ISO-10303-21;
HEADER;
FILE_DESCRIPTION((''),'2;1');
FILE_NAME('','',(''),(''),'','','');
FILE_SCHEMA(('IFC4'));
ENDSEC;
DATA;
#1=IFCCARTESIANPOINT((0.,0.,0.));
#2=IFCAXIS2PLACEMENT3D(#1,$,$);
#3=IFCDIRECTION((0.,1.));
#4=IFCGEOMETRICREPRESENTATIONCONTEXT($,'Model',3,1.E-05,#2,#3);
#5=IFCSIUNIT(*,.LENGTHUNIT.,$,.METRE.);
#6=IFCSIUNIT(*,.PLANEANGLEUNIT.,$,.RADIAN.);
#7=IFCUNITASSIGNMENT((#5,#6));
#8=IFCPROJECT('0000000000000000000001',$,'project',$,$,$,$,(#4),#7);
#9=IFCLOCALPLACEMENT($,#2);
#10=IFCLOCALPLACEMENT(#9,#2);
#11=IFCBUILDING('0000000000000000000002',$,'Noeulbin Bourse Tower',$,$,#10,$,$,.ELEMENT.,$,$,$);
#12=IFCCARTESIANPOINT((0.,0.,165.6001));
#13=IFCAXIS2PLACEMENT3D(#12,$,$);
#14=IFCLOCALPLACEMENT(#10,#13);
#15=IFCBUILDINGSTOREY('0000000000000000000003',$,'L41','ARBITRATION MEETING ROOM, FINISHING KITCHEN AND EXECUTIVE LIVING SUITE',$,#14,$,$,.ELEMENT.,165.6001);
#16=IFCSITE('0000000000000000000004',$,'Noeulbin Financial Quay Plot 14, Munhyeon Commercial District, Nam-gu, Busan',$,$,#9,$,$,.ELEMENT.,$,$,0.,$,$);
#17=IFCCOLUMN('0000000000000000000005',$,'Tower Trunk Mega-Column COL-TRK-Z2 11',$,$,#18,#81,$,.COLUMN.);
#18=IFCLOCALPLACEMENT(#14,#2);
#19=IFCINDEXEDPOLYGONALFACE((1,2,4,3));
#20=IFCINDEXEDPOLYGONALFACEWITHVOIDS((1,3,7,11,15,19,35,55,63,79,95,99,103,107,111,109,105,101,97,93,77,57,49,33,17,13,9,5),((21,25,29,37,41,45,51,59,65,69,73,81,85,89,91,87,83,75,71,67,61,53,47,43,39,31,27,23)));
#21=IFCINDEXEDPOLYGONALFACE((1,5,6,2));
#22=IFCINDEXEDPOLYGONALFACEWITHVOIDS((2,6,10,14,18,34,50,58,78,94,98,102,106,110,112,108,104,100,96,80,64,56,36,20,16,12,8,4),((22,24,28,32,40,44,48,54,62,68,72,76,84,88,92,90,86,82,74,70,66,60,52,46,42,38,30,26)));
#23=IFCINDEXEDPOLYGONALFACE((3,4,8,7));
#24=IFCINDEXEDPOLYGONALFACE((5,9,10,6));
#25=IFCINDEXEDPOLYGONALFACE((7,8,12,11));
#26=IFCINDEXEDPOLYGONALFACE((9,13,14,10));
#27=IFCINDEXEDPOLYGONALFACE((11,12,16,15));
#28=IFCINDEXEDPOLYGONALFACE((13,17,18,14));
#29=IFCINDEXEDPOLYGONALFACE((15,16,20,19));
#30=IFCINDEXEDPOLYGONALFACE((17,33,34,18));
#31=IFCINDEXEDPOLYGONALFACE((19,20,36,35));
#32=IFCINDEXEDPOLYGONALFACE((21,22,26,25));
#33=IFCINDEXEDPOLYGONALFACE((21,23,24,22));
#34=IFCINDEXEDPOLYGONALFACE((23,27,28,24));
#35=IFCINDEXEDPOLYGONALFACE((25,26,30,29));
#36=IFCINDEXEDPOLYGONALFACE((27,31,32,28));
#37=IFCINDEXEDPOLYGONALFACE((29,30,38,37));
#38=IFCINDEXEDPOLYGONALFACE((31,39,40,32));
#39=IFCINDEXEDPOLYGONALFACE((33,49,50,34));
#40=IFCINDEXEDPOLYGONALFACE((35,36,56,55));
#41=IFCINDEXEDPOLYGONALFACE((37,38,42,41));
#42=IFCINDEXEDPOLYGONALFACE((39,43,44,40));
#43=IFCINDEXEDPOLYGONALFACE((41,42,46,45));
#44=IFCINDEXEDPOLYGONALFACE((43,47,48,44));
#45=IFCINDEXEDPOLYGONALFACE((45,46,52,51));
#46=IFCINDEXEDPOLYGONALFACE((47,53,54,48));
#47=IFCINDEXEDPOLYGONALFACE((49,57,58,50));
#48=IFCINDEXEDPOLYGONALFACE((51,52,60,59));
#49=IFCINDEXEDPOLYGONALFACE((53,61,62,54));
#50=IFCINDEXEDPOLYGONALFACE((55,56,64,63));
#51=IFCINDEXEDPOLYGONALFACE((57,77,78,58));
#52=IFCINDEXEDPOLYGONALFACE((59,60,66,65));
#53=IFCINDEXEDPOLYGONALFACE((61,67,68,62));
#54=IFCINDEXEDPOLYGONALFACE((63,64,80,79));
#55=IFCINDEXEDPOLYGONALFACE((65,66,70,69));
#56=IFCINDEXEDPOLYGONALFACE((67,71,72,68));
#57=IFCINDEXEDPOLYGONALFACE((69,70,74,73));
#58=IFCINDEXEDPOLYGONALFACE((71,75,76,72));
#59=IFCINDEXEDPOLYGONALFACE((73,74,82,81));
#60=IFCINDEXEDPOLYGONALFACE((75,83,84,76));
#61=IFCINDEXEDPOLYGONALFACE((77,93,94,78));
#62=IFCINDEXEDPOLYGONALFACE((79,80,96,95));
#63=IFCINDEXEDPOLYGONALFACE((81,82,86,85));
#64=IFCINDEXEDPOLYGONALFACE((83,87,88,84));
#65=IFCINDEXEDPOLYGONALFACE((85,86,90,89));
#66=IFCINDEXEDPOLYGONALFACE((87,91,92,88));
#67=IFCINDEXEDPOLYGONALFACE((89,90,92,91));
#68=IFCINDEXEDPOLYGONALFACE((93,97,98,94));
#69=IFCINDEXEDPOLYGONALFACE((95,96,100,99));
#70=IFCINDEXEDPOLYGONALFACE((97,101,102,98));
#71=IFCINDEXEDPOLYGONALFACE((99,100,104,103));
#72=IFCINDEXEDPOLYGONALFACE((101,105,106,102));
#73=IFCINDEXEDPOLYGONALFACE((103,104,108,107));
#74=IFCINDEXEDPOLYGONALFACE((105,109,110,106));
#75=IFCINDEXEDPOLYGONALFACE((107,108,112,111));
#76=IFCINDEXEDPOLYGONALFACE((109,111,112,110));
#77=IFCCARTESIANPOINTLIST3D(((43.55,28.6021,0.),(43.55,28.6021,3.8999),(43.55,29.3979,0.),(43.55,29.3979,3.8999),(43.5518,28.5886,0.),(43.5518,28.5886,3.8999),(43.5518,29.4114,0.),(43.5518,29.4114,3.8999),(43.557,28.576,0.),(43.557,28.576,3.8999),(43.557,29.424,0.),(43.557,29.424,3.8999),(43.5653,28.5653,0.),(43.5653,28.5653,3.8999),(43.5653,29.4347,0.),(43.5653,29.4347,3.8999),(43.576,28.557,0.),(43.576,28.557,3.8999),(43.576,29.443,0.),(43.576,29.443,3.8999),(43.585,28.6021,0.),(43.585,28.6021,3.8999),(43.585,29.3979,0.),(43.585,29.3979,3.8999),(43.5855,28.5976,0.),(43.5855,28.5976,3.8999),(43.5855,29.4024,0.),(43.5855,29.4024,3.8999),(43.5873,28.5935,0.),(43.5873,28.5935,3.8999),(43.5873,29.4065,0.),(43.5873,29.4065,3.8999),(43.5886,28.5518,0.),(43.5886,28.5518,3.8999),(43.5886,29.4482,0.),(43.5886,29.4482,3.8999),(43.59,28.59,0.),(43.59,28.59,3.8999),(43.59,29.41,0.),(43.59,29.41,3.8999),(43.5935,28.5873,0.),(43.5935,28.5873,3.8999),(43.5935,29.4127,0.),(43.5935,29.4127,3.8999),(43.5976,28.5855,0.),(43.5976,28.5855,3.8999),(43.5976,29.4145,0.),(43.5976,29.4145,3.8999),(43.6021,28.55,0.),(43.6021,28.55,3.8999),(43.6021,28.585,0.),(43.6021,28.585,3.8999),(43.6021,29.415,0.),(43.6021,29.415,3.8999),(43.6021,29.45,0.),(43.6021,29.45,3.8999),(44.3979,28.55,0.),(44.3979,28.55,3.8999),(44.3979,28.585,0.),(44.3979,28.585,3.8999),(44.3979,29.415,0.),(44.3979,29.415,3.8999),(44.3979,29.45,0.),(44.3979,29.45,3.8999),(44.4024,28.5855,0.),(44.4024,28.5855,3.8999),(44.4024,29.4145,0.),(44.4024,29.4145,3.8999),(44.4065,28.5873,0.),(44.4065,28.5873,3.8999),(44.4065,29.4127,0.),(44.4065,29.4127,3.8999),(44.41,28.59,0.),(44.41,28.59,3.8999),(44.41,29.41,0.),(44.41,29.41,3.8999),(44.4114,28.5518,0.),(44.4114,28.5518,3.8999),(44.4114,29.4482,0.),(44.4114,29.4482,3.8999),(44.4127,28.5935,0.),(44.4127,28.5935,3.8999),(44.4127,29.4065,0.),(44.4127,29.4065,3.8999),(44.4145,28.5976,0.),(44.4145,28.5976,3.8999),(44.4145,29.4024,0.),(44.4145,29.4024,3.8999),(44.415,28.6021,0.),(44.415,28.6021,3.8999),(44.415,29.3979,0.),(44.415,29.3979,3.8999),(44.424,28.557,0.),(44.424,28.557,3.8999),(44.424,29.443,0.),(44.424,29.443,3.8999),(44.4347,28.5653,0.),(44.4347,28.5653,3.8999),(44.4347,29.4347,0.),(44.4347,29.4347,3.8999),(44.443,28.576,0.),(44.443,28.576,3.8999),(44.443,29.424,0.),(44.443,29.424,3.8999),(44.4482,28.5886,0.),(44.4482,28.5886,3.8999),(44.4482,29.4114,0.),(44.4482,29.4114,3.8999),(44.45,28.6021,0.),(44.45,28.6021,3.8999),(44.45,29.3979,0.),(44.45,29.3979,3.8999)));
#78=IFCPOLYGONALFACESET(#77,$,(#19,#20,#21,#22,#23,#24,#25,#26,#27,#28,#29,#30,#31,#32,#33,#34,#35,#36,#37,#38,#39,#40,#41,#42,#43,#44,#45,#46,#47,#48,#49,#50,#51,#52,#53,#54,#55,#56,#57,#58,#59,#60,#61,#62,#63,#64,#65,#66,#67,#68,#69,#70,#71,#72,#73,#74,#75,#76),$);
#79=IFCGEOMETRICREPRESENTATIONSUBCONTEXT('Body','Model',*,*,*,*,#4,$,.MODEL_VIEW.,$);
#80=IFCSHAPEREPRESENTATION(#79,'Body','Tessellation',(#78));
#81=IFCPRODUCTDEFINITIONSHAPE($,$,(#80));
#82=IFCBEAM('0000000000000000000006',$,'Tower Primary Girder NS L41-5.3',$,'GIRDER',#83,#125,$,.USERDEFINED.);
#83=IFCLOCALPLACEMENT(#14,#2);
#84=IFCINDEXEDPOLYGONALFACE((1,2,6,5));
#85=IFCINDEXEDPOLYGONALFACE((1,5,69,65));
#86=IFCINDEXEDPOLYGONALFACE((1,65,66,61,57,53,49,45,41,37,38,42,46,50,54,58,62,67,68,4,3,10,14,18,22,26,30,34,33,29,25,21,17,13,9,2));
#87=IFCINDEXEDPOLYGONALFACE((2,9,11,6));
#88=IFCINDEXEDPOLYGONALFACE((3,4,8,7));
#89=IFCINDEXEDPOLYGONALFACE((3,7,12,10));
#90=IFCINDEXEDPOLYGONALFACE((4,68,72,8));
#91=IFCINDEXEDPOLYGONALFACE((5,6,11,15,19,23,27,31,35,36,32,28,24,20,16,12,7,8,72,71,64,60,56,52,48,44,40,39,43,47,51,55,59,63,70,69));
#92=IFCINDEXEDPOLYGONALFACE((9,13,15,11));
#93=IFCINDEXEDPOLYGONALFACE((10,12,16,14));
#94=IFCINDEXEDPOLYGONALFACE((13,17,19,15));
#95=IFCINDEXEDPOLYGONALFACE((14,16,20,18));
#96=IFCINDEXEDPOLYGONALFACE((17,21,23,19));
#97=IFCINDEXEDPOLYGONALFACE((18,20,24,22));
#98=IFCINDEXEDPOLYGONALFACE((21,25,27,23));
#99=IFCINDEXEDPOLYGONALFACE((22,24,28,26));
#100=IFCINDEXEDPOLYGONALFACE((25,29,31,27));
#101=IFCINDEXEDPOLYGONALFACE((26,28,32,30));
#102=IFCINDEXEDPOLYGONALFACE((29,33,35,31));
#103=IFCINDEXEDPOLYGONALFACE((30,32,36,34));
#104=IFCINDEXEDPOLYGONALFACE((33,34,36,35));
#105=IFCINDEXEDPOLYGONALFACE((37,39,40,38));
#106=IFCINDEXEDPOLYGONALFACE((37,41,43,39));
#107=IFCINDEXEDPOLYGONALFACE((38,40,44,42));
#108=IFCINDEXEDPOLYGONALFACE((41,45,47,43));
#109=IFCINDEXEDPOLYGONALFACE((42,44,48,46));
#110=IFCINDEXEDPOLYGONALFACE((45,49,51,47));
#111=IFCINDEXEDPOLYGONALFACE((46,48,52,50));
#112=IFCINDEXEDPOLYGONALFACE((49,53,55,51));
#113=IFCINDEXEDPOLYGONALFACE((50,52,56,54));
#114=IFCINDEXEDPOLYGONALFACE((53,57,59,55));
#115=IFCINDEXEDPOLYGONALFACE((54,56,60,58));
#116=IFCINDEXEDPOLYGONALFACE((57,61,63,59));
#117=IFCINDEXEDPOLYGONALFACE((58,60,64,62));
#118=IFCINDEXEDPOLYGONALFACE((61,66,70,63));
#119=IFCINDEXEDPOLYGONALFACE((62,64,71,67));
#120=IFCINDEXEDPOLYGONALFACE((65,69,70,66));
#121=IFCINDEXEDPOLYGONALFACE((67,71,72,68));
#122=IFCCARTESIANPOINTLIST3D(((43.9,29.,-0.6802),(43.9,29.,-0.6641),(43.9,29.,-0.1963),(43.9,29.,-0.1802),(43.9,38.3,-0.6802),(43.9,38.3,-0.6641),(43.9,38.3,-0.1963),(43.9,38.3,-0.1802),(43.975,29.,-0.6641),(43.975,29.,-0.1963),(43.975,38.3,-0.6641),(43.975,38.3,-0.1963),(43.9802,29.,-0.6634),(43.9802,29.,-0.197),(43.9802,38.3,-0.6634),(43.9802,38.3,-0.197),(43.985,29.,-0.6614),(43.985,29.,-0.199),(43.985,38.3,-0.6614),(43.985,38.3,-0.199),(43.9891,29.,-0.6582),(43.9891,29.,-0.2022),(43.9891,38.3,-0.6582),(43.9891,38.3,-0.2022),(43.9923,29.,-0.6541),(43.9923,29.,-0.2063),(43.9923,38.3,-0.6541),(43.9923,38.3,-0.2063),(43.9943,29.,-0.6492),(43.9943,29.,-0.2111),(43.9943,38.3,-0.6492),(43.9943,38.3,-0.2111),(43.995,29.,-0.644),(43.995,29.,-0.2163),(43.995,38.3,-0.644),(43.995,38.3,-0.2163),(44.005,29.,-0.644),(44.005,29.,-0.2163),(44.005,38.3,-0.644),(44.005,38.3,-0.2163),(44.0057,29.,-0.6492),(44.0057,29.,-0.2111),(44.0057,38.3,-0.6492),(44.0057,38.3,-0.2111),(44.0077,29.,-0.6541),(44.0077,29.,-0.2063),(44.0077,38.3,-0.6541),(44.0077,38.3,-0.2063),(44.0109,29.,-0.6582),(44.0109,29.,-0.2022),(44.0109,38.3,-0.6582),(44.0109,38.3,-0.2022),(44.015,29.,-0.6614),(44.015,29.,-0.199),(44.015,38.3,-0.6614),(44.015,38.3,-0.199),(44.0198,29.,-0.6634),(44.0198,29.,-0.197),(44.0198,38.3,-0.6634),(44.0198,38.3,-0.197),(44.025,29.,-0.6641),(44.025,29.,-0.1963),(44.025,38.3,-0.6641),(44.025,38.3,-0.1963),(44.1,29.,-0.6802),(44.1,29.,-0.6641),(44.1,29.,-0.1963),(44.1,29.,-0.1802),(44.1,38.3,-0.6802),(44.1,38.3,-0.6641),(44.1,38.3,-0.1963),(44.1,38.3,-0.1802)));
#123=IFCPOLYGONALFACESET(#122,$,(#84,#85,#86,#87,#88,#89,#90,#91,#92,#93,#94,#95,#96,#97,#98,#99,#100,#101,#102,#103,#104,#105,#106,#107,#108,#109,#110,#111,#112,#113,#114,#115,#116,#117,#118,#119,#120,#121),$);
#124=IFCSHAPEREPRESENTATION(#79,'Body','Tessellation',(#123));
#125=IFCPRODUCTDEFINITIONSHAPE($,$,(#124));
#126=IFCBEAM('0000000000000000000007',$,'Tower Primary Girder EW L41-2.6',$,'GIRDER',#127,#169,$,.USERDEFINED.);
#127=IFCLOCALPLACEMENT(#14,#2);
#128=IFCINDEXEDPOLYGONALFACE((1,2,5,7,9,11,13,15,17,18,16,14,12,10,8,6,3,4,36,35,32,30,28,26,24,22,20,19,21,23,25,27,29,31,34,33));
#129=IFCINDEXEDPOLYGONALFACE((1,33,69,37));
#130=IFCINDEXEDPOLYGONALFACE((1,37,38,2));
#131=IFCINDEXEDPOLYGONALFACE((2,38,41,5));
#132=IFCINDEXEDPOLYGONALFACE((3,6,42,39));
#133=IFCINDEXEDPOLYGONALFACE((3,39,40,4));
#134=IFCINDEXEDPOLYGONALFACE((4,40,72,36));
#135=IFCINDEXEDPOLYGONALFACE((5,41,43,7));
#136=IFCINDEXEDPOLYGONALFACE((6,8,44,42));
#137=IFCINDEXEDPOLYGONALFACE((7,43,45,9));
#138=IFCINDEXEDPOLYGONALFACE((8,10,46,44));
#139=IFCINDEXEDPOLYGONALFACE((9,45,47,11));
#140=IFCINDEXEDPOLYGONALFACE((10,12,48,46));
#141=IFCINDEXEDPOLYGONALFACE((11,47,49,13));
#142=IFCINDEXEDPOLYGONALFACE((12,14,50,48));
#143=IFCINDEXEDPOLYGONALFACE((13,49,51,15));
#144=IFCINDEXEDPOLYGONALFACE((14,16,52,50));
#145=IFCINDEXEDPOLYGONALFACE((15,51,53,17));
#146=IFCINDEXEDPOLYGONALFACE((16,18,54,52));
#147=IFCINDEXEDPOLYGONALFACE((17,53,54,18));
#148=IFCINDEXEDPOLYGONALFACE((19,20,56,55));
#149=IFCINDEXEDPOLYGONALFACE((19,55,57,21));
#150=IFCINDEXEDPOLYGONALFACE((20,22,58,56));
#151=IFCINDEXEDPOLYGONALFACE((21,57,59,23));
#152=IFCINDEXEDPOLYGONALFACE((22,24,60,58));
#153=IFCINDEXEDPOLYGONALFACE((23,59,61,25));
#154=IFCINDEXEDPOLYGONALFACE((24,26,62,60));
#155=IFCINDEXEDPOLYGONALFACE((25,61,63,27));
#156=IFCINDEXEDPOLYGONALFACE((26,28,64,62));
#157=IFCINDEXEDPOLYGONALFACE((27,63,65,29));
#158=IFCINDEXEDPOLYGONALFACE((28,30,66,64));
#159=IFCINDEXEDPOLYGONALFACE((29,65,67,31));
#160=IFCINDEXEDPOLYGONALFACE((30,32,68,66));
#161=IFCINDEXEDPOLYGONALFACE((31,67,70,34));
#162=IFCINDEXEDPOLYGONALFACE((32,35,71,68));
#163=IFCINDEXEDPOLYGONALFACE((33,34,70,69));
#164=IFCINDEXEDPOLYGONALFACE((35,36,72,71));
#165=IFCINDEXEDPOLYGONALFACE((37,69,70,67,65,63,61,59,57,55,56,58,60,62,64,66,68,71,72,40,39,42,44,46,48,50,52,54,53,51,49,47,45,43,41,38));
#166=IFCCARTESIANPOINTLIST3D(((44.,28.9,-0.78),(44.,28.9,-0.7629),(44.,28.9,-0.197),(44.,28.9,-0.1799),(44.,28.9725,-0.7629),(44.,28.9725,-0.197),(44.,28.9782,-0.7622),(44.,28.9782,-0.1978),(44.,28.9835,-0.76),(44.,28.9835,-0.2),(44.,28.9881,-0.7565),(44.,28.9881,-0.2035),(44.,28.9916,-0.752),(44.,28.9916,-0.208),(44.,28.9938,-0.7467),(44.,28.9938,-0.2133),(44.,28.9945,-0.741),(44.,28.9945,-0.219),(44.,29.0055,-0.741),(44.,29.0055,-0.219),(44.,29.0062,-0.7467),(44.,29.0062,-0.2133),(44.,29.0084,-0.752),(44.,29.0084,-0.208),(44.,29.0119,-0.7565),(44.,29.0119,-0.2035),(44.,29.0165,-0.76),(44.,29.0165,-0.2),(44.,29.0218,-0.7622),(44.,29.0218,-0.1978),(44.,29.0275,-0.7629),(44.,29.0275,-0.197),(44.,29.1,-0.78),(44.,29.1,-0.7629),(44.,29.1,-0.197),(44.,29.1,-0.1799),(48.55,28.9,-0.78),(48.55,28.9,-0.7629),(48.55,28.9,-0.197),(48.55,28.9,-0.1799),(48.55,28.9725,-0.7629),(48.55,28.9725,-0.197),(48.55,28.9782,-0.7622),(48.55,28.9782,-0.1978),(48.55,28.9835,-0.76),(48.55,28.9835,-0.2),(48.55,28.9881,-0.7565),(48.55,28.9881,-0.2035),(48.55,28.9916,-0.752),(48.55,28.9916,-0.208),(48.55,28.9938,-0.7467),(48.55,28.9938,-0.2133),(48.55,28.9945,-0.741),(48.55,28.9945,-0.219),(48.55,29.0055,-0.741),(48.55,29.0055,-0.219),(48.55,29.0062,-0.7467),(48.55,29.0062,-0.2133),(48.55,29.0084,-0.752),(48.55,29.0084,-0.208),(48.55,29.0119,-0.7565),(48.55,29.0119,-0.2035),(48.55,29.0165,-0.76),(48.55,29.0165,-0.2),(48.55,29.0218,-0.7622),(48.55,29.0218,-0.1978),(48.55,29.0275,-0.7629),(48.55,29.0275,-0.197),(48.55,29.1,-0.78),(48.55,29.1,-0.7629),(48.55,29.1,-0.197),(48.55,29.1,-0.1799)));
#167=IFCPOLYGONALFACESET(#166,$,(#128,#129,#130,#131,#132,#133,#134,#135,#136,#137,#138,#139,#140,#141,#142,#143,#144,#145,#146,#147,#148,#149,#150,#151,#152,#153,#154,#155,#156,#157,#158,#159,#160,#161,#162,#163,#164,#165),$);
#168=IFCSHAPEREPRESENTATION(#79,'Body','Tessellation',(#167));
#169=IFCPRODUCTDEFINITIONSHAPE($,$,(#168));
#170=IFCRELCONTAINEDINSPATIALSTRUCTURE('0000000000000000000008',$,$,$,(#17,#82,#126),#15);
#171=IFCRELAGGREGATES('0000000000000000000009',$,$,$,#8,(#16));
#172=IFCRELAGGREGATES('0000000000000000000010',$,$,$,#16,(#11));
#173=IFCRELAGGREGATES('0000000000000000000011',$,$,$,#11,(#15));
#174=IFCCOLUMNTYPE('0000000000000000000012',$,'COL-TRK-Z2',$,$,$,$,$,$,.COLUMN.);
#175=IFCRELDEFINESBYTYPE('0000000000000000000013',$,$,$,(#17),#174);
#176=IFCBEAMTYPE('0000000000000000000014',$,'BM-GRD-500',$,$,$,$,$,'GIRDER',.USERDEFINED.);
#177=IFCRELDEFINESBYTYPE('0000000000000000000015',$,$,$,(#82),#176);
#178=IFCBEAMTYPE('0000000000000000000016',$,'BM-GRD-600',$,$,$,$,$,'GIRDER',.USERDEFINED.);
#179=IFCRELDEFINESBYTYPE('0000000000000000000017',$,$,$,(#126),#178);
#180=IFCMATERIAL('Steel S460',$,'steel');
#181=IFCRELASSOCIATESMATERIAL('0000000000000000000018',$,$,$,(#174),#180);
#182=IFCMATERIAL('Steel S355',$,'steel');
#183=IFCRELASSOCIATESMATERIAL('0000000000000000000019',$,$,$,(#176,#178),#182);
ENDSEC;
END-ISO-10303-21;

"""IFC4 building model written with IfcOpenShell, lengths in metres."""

from ifc_helpers import new_model, si_unit, direction, frame, origin, origin_2d, place, context, subcontext, project, spatial, hollow_rectangle, i_section, extrude, material, material_profile, profile_set, type_object, element, save


model = new_model("IFC4")

# Units and contexts
model_context = context("Model", 3, precision=1e-05, world=origin(), true_north=direction((0.0, 1.0)))
body_context = subcontext(model_context, "Body", "Model", "MODEL_VIEW")
ifc_project = project(units=[si_unit("LENGTHUNIT", "METRE"), si_unit("PLANEANGLEUNIT", "RADIAN")], contexts=[model_context])

# Site, building, storey
site_placement = place(None, origin())
site = spatial("IfcSite", under=ifc_project, at=site_placement, Name="Noeulbin Financial Quay Plot 14, Munhyeon Commercial District, Nam-gu, Busan", CompositionType="ELEMENT", RefElevation=0.0)
building_placement = place(site_placement, origin())
building = spatial("IfcBuilding", under=site, at=building_placement, Name="Noeulbin Bourse Tower", CompositionType="ELEMENT")
storey_placement = place(building_placement, frame((0.0, 0.0, 165.6001)))
storey = spatial("IfcBuildingStorey", under=building, at=storey_placement, Name="L41", Description="ARBITRATION MEETING ROOM, FINISHING KITCHEN AND EXECUTIVE LIVING SUITE", CompositionType="ELEMENT", Elevation=165.6001)

# Column
ifc_material_1 = material(Name="Steel S355", Category="steel")
ifc_material_2 = material(Name="Steel S460", Category="steel")
ifc_material_profile_1 = material_profile(ifc_material_2, hollow_rectangle(XDim=0.8999, YDim=0.8999, WallThickness=0.0349, InnerFilletRadius=0.0171, OuterFilletRadius=0.052, at=origin_2d()), Name="BOX-900x900x35", Category="LoadBearing")
ifc_profile_set_1 = profile_set([ifc_material_profile_1], Name="Steel S460")
column_type_1 = type_object("IfcColumnType", Name="COL-TRK-Z2", PredefinedType="COLUMN", material=ifc_profile_set_1)
column_1_placement = place(storey_placement, frame((44.0, 29.0, 0.0), z_axis=(0.0, 0.0, 1.0), x_axis=(1.0, 0.0, 0.0)))
element("IfcColumn", 1, at=column_1_placement, inside=storey, type_object=column_type_1, Name="Tower Trunk Mega-Column COL-TRK-Z2 11", PredefinedType="COLUMN", context=body_context, shape_type="SweptSolid", body=[
    extrude(hollow_rectangle(XDim=0.8999, YDim=0.8999, WallThickness=0.0349, InnerFilletRadius=0.0171, OuterFilletRadius=0.052, at=origin_2d()), origin(), (0.0, 0.0, 1.0), 3.8999),
])

# Beams
ifc_material_profile_2 = material_profile(ifc_material_1, i_section(OverallWidth=0.2, OverallDepth=0.5, WebThickness=0.01, FlangeThickness=0.0161, FilletRadius=0.02, at=origin_2d()), Name="H-500x200x10x16", Category="LoadBearing")
ifc_profile_set_2 = profile_set([ifc_material_profile_2], Name="Steel S355")
beam_type_1 = type_object("IfcBeamType", Name="BM-GRD-500", ElementType="GIRDER", PredefinedType="USERDEFINED", material=ifc_profile_set_2)
beam_1_placement = place(storey_placement, frame((44.0, 29.0, -0.4302), z_axis=(0.0, 1.0, 0.0), x_axis=(-1.0, 0.0, 0.0)))
element("IfcBeam", 2, at=beam_1_placement, inside=storey, type_object=beam_type_1, Name="Tower Primary Girder NS L41-5.3", ObjectType="GIRDER", PredefinedType="USERDEFINED", context=body_context, shape_type="SweptSolid", body=[
    extrude(i_section(OverallWidth=0.2, OverallDepth=0.5, WebThickness=0.01, FlangeThickness=0.0161, FilletRadius=0.02, at=origin_2d()), origin(), (0.0, 0.0, 1.0), 9.3),
])
ifc_material_profile_3 = material_profile(ifc_material_1, i_section(OverallWidth=0.2, OverallDepth=0.6001, WebThickness=0.011, FlangeThickness=0.0171, FilletRadius=0.022, at=origin_2d()), Name="H-600x200x11x17", Category="LoadBearing")
ifc_profile_set_3 = profile_set([ifc_material_profile_3], Name="Steel S355")
beam_type_2 = type_object("IfcBeamType", Name="BM-GRD-600", ElementType="GIRDER", PredefinedType="USERDEFINED", material=ifc_profile_set_3)
beam_2_placement = place(storey_placement, frame((44.0, 29.0, -0.48), z_axis=(1.0, 0.0, 0.0), x_axis=(0.0, 1.0, 0.0)))
element("IfcBeam", 3, at=beam_2_placement, inside=storey, type_object=beam_type_2, Name="Tower Primary Girder EW L41-2.6", ObjectType="GIRDER", PredefinedType="USERDEFINED", context=body_context, shape_type="SweptSolid", body=[
    extrude(i_section(OverallWidth=0.2, OverallDepth=0.6001, WebThickness=0.011, FlangeThickness=0.0171, FilletRadius=0.022, at=origin_2d()), origin(), (0.0, 0.0, 1.0), 4.55),
])

save(model, "model.ifc")
